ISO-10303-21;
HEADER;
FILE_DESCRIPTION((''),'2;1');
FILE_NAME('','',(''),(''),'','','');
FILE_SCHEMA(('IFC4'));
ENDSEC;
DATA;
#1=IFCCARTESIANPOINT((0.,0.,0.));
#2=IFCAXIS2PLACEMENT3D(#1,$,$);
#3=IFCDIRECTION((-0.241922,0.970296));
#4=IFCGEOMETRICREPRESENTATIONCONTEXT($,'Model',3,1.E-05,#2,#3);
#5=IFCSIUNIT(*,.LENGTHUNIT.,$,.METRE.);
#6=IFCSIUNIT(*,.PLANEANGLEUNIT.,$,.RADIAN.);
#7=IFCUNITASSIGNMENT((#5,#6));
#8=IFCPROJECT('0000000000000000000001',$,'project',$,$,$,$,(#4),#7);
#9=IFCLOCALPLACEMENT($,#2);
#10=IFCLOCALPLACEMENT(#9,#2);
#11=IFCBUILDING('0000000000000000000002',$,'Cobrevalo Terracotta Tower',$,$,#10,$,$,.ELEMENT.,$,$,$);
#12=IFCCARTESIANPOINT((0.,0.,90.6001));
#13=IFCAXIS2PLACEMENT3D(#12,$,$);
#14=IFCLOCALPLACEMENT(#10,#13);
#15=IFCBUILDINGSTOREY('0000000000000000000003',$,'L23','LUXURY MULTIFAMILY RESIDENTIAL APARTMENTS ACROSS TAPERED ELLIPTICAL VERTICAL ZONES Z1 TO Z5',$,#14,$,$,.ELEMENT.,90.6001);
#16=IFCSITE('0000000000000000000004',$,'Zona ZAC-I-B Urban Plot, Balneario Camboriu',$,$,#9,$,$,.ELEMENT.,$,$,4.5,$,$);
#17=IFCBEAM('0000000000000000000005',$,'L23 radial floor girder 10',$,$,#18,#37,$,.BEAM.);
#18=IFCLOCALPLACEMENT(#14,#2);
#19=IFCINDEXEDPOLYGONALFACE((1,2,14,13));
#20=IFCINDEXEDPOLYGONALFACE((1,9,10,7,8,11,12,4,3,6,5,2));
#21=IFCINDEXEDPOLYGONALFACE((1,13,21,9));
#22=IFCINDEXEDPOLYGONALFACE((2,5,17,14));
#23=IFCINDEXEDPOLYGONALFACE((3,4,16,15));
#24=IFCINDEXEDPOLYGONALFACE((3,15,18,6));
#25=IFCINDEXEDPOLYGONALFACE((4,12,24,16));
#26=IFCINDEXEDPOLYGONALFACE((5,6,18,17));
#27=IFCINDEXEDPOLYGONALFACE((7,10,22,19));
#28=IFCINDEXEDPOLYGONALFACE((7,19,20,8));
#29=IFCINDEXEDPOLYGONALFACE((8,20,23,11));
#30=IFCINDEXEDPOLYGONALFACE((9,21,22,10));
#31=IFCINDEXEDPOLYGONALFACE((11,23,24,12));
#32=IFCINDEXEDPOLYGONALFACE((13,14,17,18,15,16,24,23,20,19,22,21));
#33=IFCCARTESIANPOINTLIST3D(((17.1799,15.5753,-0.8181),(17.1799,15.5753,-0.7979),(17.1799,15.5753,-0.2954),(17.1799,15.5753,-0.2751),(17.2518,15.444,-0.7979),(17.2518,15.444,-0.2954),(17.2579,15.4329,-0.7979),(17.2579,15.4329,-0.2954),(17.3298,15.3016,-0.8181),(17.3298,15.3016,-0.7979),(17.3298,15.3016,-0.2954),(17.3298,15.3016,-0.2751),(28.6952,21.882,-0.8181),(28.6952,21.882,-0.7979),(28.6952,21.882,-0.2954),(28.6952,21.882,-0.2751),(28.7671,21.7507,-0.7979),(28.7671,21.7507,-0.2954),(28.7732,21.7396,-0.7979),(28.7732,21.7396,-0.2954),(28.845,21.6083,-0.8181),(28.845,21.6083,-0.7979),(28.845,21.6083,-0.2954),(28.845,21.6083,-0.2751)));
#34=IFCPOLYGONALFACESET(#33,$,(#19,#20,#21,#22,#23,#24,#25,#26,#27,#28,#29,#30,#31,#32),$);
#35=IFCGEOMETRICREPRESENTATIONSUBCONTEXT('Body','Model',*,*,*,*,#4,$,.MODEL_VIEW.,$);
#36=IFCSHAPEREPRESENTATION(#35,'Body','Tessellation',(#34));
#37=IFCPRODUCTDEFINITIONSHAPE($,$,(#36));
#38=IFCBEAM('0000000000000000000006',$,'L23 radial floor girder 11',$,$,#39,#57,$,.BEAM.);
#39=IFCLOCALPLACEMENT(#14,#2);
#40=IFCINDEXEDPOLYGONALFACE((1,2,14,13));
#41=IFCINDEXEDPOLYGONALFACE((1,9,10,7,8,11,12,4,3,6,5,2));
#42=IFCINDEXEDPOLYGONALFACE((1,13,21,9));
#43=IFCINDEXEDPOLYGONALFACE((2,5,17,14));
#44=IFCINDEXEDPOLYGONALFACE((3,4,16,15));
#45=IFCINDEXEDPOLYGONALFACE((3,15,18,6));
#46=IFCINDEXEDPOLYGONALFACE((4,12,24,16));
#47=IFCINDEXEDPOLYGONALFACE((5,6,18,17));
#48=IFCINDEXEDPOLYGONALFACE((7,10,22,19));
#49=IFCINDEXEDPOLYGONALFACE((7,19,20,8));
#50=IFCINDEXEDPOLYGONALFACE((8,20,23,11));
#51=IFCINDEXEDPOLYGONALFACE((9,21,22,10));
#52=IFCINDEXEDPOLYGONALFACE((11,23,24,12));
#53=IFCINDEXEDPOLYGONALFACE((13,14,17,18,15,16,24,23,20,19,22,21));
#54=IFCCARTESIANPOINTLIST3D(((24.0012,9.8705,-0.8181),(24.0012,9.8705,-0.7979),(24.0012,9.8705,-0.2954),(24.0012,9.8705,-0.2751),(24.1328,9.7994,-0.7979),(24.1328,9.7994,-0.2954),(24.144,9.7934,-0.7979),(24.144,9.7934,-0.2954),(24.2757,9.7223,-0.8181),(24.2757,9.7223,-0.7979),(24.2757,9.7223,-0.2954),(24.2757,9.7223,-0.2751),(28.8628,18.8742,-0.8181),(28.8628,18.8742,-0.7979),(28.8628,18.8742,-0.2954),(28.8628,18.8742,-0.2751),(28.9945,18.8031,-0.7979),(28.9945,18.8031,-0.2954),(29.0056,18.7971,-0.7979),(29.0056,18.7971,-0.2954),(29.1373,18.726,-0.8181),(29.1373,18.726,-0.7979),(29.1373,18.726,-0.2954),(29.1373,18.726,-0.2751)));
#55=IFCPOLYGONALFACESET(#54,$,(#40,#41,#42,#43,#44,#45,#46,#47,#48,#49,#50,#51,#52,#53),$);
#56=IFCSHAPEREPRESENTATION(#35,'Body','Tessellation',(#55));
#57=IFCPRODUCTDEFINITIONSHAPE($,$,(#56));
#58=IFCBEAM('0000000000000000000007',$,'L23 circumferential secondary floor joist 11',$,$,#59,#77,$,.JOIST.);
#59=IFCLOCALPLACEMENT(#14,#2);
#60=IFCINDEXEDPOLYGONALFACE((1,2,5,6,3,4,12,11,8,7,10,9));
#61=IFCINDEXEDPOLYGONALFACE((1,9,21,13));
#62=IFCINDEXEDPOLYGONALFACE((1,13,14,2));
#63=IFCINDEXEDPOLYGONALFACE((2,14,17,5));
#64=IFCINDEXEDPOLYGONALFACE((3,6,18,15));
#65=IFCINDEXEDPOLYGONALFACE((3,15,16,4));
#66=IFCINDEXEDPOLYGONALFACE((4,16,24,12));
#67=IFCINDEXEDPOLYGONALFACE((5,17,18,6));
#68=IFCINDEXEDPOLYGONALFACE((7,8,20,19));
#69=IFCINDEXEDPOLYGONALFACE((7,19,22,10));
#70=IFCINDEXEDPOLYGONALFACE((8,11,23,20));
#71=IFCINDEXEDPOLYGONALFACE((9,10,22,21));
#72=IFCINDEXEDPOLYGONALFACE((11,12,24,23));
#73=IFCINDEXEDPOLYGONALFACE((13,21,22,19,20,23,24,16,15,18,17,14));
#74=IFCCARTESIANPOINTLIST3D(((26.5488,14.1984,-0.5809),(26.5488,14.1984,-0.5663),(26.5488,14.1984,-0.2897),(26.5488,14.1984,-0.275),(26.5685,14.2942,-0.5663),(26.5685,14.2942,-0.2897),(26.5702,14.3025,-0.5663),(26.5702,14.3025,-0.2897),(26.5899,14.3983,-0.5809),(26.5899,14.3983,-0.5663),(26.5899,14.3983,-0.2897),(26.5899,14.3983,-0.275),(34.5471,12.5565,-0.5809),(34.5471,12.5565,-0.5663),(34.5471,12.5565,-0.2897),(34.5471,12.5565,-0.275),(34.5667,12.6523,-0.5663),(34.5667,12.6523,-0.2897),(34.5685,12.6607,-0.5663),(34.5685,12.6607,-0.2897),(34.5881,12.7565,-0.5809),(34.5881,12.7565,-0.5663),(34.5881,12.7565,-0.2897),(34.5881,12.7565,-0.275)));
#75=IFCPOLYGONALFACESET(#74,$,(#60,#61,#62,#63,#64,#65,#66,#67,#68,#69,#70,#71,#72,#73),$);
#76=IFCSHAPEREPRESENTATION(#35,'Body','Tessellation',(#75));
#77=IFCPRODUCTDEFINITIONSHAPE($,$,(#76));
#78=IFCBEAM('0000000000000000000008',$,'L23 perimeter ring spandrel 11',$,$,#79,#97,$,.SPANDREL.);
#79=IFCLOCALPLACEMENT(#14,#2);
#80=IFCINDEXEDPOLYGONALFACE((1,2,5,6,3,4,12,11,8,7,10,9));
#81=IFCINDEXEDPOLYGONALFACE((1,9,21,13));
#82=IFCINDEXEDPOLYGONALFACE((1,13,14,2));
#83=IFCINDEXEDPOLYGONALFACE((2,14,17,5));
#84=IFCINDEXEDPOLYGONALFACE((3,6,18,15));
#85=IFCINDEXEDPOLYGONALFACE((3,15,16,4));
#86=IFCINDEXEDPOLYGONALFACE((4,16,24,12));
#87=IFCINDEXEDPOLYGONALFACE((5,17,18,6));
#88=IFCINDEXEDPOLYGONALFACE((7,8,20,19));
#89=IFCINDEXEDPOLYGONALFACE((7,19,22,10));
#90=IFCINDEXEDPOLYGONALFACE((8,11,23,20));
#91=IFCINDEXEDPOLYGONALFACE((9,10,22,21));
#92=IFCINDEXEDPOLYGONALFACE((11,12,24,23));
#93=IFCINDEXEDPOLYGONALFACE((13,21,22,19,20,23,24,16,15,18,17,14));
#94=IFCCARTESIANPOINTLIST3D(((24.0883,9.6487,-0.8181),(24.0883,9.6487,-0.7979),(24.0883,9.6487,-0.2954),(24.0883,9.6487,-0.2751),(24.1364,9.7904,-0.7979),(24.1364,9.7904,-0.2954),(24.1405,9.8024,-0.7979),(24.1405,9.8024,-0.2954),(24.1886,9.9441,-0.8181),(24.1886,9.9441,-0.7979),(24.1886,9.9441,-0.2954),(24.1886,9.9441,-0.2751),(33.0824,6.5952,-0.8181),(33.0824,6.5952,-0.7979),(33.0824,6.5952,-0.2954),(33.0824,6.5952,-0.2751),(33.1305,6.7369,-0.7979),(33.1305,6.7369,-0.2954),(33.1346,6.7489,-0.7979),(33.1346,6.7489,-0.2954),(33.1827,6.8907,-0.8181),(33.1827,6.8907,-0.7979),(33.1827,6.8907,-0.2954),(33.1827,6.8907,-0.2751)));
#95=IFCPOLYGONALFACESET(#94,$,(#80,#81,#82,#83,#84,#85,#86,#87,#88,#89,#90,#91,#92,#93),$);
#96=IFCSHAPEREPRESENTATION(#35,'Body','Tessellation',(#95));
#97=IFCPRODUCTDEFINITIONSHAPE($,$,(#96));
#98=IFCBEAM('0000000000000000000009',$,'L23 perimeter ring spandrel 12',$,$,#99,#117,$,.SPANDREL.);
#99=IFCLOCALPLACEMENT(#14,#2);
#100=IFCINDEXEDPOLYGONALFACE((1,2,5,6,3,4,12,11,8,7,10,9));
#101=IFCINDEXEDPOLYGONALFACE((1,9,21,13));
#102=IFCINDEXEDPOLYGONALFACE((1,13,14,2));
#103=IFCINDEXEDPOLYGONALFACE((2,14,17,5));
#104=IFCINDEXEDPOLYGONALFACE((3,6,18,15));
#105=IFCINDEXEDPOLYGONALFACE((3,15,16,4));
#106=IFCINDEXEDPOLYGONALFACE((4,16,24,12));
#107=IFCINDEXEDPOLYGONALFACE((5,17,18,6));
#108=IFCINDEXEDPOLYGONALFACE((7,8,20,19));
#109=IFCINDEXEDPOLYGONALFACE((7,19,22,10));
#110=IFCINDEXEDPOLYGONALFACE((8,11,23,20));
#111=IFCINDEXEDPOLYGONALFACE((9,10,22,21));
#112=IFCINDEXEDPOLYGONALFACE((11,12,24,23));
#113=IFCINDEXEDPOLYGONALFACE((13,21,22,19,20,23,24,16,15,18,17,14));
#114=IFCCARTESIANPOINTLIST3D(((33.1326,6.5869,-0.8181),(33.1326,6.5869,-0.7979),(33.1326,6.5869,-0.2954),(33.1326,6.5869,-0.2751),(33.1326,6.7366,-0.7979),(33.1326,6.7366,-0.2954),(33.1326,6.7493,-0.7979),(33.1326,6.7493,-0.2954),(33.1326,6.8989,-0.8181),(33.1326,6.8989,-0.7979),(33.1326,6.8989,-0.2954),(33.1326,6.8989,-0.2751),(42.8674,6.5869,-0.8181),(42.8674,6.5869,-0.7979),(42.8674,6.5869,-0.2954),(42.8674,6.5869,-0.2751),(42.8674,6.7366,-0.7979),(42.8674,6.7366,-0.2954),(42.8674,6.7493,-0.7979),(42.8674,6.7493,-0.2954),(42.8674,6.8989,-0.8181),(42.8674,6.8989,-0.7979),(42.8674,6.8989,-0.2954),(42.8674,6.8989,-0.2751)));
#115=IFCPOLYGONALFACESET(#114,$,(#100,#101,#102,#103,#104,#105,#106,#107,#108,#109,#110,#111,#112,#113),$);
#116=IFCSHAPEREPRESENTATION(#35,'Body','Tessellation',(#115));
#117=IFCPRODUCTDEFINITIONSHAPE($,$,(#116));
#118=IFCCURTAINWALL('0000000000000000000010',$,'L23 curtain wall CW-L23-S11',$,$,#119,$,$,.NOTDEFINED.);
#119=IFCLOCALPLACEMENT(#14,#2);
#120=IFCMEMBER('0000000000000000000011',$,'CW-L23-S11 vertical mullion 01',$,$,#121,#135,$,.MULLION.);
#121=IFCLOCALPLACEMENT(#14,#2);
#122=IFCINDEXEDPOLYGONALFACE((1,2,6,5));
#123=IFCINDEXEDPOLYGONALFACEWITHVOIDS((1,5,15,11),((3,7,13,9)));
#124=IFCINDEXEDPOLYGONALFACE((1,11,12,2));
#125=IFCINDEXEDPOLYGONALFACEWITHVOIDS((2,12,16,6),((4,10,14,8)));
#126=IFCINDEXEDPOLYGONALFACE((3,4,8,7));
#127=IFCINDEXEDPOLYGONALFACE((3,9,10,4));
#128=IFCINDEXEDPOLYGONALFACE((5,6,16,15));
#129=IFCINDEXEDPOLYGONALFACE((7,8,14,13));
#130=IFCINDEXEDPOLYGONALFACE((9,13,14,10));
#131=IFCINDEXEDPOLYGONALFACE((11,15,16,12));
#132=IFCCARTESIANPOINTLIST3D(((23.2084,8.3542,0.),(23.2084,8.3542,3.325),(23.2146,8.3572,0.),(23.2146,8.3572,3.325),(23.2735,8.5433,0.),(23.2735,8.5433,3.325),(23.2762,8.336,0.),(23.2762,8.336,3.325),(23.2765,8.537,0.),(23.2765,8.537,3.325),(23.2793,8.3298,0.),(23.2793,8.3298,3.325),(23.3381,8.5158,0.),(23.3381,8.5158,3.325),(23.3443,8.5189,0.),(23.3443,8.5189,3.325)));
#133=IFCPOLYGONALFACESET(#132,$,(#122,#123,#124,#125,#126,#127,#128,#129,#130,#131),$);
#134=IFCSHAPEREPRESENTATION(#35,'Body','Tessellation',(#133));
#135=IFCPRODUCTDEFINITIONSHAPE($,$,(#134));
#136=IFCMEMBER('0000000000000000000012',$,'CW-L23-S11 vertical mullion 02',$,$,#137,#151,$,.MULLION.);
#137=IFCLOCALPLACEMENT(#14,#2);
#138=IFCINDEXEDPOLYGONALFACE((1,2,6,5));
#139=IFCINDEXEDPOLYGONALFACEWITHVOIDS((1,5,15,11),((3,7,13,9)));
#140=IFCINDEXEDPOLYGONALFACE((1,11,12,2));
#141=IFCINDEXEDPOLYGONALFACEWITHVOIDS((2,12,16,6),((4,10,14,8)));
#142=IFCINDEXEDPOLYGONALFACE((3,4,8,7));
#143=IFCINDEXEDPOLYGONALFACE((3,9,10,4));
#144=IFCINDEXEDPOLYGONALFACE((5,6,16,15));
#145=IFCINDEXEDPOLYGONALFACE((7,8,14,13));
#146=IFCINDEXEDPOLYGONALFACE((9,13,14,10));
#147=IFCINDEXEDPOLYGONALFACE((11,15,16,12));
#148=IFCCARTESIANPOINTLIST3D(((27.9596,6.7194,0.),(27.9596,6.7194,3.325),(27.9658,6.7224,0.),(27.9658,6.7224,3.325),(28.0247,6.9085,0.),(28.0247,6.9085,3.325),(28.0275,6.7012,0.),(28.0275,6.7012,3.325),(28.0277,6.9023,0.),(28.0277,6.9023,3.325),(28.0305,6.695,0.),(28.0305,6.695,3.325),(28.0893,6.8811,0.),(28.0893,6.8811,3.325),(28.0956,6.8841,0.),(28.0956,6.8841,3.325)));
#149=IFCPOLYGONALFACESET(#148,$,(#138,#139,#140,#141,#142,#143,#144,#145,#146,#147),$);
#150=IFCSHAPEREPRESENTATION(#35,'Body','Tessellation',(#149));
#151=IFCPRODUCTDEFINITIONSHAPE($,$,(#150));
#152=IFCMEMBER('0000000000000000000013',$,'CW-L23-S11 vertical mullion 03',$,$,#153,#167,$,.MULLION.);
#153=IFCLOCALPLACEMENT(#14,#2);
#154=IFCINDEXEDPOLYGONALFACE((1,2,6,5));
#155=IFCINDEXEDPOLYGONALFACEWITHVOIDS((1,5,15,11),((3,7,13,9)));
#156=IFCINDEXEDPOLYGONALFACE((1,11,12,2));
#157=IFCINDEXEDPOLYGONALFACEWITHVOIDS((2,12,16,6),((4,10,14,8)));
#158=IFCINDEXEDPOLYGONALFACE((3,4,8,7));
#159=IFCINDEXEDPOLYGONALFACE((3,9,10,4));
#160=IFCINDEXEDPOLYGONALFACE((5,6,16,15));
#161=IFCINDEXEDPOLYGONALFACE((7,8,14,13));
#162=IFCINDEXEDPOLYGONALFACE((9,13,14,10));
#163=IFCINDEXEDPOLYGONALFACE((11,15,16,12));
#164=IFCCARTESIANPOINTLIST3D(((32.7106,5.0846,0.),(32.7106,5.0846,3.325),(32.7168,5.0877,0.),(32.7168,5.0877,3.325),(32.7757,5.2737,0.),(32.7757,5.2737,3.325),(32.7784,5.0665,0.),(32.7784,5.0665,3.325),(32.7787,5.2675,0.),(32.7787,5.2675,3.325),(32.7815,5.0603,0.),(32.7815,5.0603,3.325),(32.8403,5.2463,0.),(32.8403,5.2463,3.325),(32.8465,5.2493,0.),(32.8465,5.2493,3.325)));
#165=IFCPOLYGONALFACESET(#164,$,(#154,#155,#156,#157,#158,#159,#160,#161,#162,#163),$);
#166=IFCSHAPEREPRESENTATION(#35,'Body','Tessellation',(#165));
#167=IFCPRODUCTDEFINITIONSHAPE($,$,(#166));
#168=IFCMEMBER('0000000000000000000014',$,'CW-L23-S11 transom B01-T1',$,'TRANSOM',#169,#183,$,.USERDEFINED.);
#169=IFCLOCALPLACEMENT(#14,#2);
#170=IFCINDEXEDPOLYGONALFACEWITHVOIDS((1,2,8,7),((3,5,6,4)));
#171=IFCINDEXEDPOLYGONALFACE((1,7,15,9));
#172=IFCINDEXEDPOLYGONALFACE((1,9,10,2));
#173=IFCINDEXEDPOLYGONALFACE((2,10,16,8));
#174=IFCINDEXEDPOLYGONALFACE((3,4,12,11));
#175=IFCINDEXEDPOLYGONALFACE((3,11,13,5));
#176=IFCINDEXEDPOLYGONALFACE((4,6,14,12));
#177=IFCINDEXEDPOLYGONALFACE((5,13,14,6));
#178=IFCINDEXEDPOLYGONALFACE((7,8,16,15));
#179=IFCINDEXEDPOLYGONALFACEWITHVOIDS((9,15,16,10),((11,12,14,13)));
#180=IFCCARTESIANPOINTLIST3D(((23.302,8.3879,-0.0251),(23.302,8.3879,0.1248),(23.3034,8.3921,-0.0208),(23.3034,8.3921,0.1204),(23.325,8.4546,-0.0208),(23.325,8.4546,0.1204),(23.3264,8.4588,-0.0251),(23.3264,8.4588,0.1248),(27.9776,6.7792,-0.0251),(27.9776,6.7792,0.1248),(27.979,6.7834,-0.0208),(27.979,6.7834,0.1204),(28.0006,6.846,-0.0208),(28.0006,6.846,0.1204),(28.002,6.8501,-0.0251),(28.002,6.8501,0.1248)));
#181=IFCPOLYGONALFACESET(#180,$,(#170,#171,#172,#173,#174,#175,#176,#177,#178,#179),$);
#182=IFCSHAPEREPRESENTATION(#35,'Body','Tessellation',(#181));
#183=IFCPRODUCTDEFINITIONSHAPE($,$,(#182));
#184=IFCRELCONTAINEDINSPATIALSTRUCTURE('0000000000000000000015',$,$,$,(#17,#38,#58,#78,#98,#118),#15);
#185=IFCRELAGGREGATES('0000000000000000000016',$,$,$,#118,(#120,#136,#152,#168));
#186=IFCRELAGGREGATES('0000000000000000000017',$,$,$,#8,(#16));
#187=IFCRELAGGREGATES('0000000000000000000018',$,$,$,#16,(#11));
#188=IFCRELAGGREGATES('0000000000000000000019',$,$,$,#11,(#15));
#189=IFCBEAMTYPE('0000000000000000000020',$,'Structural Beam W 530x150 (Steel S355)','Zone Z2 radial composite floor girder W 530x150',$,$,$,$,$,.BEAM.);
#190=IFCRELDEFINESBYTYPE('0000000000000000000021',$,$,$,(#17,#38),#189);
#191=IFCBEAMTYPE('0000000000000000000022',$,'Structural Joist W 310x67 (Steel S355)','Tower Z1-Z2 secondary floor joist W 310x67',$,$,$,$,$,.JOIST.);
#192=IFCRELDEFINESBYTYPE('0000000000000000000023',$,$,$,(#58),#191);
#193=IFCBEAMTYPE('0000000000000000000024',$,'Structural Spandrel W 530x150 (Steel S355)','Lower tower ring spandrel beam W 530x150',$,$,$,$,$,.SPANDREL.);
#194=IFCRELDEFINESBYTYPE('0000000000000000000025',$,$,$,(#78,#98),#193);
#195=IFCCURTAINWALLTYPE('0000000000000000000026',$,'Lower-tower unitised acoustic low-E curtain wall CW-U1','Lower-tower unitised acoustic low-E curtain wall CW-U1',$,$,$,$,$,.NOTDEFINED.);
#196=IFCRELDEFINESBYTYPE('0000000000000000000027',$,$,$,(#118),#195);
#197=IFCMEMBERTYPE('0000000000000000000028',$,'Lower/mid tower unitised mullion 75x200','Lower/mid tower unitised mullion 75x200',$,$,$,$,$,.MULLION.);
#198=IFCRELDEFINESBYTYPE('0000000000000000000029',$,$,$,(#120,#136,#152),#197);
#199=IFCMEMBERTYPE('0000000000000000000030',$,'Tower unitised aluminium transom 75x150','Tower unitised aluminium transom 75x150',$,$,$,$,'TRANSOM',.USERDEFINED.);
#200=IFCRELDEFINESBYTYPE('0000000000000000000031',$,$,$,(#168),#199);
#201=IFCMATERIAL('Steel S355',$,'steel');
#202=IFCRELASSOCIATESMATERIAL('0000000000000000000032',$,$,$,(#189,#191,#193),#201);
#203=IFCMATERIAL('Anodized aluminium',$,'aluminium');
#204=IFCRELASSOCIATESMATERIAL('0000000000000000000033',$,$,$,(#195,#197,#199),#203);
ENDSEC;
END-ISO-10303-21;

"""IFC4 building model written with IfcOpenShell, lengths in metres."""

from ifc_helpers import new_model, si_unit, direction, frame, origin, origin_2d, place, context, subcontext, project, spatial, hollow_rectangle, i_section, extrude, source, transform, mapped, material, material_profile, profile_set, type_object, element, aggregate, save


model = new_model("IFC4")

# Units and contexts
model_context = context("Model", 3, precision=1e-05, world=origin(), true_north=direction((-0.241922, 0.970296)))
body_context = subcontext(model_context, "Body", "Model", "MODEL_VIEW")
ifc_project = project(units=[si_unit("LENGTHUNIT", "METRE"), si_unit("PLANEANGLEUNIT", "RADIAN")], contexts=[model_context])

# Site, building, storey
site_placement = place(None, origin())
site = spatial("IfcSite", under=ifc_project, at=site_placement, Name="Zona ZAC-I-B Urban Plot, Balneario Camboriu", CompositionType="ELEMENT", RefElevation=4.5)
building_placement = place(site_placement, origin())
building = spatial("IfcBuilding", under=site, at=building_placement, Name="Cobrevalo Terracotta Tower", CompositionType="ELEMENT")
storey_placement = place(building_placement, frame((0.0, 0.0, 90.6001)))
storey = spatial("IfcBuildingStorey", under=building, at=storey_placement, Name="L23", Description="LUXURY MULTIFAMILY RESIDENTIAL APARTMENTS ACROSS TAPERED ELLIPTICAL VERTICAL ZONES Z1 TO Z5", CompositionType="ELEMENT", Elevation=90.6001)

# Shared definitions
ifc_material_1 = material(Name="Steel S355", Category="steel")

# Beams
ifc_material_profile_1 = material_profile(ifc_material_1, i_section(OverallWidth=0.312, OverallDepth=0.543, WebThickness=0.0127, FlangeThickness=0.0203, at=origin_2d()), Name="W 530x150")
ifc_profile_set_1 = profile_set([ifc_material_profile_1], Name="Steel S355")
beam_type_1 = type_object("IfcBeamType", Name="Structural Beam W 530x150 (Steel S355)", Description="Zone Z2 radial composite floor girder W 530x150", PredefinedType="BEAM", material=ifc_profile_set_1)
beam_1_placement = place(storey_placement, frame((17.2549, 15.4385, -0.5466), z_axis=(0.877073, 0.480358, 0.0), x_axis=(-0.480358, 0.877073, 0.0)))
element("IfcBeam", 1, at=beam_1_placement, inside=storey, type_object=beam_type_1, Name="L23 radial floor girder 10", PredefinedType="BEAM", context=body_context, shape_type="SweptSolid", body=[
    extrude(i_section(OverallWidth=0.312, OverallDepth=0.543, WebThickness=0.0127, FlangeThickness=0.0203, at=origin_2d()), origin(), (0.0, 0.0, 1.0), 13.1292),
])
beam_2_placement = place(storey_placement, frame((24.1384, 9.7964, -0.5466), z_axis=(0.475118, 0.879922, 0.0), x_axis=(-0.879922, 0.475118, 0.0)))
element("IfcBeam", 2, at=beam_2_placement, inside=storey, type_object=beam_type_1, Name="L23 radial floor girder 11", PredefinedType="BEAM", context=body_context, shape_type="SweptSolid", body=[
    extrude(i_section(OverallWidth=0.312, OverallDepth=0.543, WebThickness=0.0127, FlangeThickness=0.0203, at=origin_2d()), origin(), (0.0, 0.0, 1.0), 10.2324),
])
ifc_material_profile_2 = material_profile(ifc_material_1, i_section(OverallWidth=0.2041, OverallDepth=0.3059, WebThickness=0.0085, FlangeThickness=0.0146, at=origin_2d()), Name="W 310x67")
ifc_profile_set_2 = profile_set([ifc_material_profile_2], Name="Steel S355")
beam_type_2 = type_object("IfcBeamType", Name="Structural Joist W 310x67 (Steel S355)", Description="Tower Z1-Z2 secondary floor joist W 310x67", PredefinedType="JOIST", material=ifc_profile_set_2)
beam_3_placement = place(storey_placement, frame((26.5693, 14.2983, -0.428), z_axis=(0.979574, -0.201082, 0.0), x_axis=(0.201082, 0.979574, 0.0)))
element("IfcBeam", 3, at=beam_3_placement, inside=storey, type_object=beam_type_2, Name="L23 circumferential secondary floor joist 11", PredefinedType="JOIST", context=body_context, shape_type="SweptSolid", body=[
    extrude(i_section(OverallWidth=0.2041, OverallDepth=0.3059, WebThickness=0.0085, FlangeThickness=0.0146, at=origin_2d()), origin(), (0.0, 0.0, 1.0), 8.165),
])
ifc_material_profile_3 = material_profile(ifc_material_1, i_section(OverallWidth=0.312, OverallDepth=0.543, WebThickness=0.0127, FlangeThickness=0.0203, at=origin_2d()), Name="W 530x150")
ifc_profile_set_3 = profile_set([ifc_material_profile_3], Name="Steel S355")
beam_type_3 = type_object("IfcBeamType", Name="Structural Spandrel W 530x150 (Steel S355)", Description="Lower tower ring spandrel beam W 530x150", PredefinedType="SPANDREL", material=ifc_profile_set_3)
beam_4_placement = place(storey_placement, frame((24.1384, 9.7964, -0.5466), z_axis=(0.946918, -0.321474, 0.0), x_axis=(0.321474, 0.946918, 0.0)))
element("IfcBeam", 4, at=beam_4_placement, inside=storey, type_object=beam_type_3, Name="L23 perimeter ring spandrel 11", PredefinedType="SPANDREL", context=body_context, shape_type="SweptSolid", body=[
    extrude(i_section(OverallWidth=0.312, OverallDepth=0.543, WebThickness=0.0127, FlangeThickness=0.0203, at=origin_2d()), origin(), (0.0, 0.0, 1.0), 9.4983),
])
beam_5_placement = place(storey_placement, frame((33.1326, 6.7429, -0.5466), z_axis=(1.0, 0.0, 0.0), x_axis=(0.0, 1.0, 0.0)))
element("IfcBeam", 5, at=beam_5_placement, inside=storey, type_object=beam_type_3, Name="L23 perimeter ring spandrel 12", PredefinedType="SPANDREL", context=body_context, shape_type="SweptSolid", body=[
    extrude(i_section(OverallWidth=0.312, OverallDepth=0.543, WebThickness=0.0127, FlangeThickness=0.0203, at=origin_2d()), origin(), (0.0, 0.0, 1.0), 9.7349),
])

# Curtain wall, members
ifc_material_2 = material(Name="Anodized aluminium", Category="aluminium")
curtain_wall_type = type_object("IfcCurtainWallType", Name="Lower-tower unitised acoustic low-E curtain wall CW-U1", Description="Lower-tower unitised acoustic low-E curtain wall CW-U1", PredefinedType="NOTDEFINED", material=ifc_material_2)
curtain_wall_placement = place(storey_placement, origin())
curtain_wall = element("IfcCurtainWall", 6, at=curtain_wall_placement, inside=storey, type_object=curtain_wall_type, Name="L23 curtain wall CW-L23-S11", PredefinedType="NOTDEFINED")
ifc_material_profile_4 = material_profile(ifc_material_2, hollow_rectangle(XDim=0.075, YDim=0.2, WallThickness=0.0049, at=origin_2d()), Name="CWM 75x200")
ifc_profile_set_4 = profile_set([ifc_material_profile_4], Name="Anodized aluminium")
member_type_1 = type_object("IfcMemberType", Name="Lower/mid tower unitised mullion 75x200", Description="Lower/mid tower unitised mullion 75x200", PredefinedType="MULLION", material=ifc_profile_set_4)
shared_shape_1 = source(origin(), body_context, "Body", "SweptSolid", [
    extrude(hollow_rectangle(XDim=0.075, YDim=0.2, WallThickness=0.0049, at=origin_2d()), origin(), (0.0, 0.0, 1.0), 3.325),
])
member_1_placement = place(storey_placement, frame((23.2764, 8.4365, 0.0), z_axis=(0.0, 0.0, 1.0), x_axis=(0.945598, -0.325337, 0.0)))
member_1 = element("IfcMember", 7, at=member_1_placement, type_object=member_type_1, Name="CW-L23-S11 vertical mullion 01", PredefinedType="MULLION", context=body_context, shape_type="MappedRepresentation", body=[
    mapped(shared_shape_1, transform((0.0, 0.0, 0.0), scale=1.0)),
])
member_2_placement = place(storey_placement, frame((28.0276, 6.8018, 0.0), z_axis=(0.0, 0.0, 1.0), x_axis=(0.945598, -0.325337, 0.0)))
member_2 = element("IfcMember", 8, at=member_2_placement, type_object=member_type_1, Name="CW-L23-S11 vertical mullion 02", PredefinedType="MULLION", context=body_context, shape_type="MappedRepresentation", body=[
    mapped(shared_shape_1, transform((0.0, 0.0, 0.0), scale=1.0)),
])
member_3_placement = place(storey_placement, frame((32.7786, 5.167, 0.0), z_axis=(0.0, 0.0, 1.0), x_axis=(0.945598, -0.325337, 0.0)))
member_3 = element("IfcMember", 9, at=member_3_placement, type_object=member_type_1, Name="CW-L23-S11 vertical mullion 03", PredefinedType="MULLION", context=body_context, shape_type="MappedRepresentation", body=[
    mapped(shared_shape_1, transform((0.0, 0.0, 0.0), scale=1.0)),
])
ifc_material_profile_5 = material_profile(ifc_material_2, hollow_rectangle(XDim=0.075, YDim=0.1499, WallThickness=0.0044, at=origin_2d()), Name="CWT 75x150")
ifc_profile_set_5 = profile_set([ifc_material_profile_5], Name="Anodized aluminium")
member_type_2 = type_object("IfcMemberType", Name="Tower unitised aluminium transom 75x150", Description="Tower unitised aluminium transom 75x150", ElementType="TRANSOM", PredefinedType="USERDEFINED", material=ifc_profile_set_5)
shared_shape_2 = source(origin(), body_context, "Body", "SweptSolid", [
    extrude(hollow_rectangle(XDim=0.075, YDim=0.1499, WallThickness=0.0044, at=origin_2d()), origin(), (0.0, 0.0, 1.0), 4.9446),
])
member_4_placement = place(storey_placement, frame((23.3142, 8.4233, 0.0498), z_axis=(0.945598, -0.325338, 0.0), x_axis=(0.325338, 0.945598, 0.0)))
member_4 = element("IfcMember", 10, at=member_4_placement, type_object=member_type_2, Name="CW-L23-S11 transom B01-T1", ObjectType="TRANSOM", PredefinedType="USERDEFINED", context=body_context, shape_type="MappedRepresentation", body=[
    mapped(shared_shape_2, transform((0.0, 0.0, 0.0), scale=1.0)),
])
aggregate(curtain_wall, [member_1, member_2, member_3, member_4])

save(model, "model.ifc")
